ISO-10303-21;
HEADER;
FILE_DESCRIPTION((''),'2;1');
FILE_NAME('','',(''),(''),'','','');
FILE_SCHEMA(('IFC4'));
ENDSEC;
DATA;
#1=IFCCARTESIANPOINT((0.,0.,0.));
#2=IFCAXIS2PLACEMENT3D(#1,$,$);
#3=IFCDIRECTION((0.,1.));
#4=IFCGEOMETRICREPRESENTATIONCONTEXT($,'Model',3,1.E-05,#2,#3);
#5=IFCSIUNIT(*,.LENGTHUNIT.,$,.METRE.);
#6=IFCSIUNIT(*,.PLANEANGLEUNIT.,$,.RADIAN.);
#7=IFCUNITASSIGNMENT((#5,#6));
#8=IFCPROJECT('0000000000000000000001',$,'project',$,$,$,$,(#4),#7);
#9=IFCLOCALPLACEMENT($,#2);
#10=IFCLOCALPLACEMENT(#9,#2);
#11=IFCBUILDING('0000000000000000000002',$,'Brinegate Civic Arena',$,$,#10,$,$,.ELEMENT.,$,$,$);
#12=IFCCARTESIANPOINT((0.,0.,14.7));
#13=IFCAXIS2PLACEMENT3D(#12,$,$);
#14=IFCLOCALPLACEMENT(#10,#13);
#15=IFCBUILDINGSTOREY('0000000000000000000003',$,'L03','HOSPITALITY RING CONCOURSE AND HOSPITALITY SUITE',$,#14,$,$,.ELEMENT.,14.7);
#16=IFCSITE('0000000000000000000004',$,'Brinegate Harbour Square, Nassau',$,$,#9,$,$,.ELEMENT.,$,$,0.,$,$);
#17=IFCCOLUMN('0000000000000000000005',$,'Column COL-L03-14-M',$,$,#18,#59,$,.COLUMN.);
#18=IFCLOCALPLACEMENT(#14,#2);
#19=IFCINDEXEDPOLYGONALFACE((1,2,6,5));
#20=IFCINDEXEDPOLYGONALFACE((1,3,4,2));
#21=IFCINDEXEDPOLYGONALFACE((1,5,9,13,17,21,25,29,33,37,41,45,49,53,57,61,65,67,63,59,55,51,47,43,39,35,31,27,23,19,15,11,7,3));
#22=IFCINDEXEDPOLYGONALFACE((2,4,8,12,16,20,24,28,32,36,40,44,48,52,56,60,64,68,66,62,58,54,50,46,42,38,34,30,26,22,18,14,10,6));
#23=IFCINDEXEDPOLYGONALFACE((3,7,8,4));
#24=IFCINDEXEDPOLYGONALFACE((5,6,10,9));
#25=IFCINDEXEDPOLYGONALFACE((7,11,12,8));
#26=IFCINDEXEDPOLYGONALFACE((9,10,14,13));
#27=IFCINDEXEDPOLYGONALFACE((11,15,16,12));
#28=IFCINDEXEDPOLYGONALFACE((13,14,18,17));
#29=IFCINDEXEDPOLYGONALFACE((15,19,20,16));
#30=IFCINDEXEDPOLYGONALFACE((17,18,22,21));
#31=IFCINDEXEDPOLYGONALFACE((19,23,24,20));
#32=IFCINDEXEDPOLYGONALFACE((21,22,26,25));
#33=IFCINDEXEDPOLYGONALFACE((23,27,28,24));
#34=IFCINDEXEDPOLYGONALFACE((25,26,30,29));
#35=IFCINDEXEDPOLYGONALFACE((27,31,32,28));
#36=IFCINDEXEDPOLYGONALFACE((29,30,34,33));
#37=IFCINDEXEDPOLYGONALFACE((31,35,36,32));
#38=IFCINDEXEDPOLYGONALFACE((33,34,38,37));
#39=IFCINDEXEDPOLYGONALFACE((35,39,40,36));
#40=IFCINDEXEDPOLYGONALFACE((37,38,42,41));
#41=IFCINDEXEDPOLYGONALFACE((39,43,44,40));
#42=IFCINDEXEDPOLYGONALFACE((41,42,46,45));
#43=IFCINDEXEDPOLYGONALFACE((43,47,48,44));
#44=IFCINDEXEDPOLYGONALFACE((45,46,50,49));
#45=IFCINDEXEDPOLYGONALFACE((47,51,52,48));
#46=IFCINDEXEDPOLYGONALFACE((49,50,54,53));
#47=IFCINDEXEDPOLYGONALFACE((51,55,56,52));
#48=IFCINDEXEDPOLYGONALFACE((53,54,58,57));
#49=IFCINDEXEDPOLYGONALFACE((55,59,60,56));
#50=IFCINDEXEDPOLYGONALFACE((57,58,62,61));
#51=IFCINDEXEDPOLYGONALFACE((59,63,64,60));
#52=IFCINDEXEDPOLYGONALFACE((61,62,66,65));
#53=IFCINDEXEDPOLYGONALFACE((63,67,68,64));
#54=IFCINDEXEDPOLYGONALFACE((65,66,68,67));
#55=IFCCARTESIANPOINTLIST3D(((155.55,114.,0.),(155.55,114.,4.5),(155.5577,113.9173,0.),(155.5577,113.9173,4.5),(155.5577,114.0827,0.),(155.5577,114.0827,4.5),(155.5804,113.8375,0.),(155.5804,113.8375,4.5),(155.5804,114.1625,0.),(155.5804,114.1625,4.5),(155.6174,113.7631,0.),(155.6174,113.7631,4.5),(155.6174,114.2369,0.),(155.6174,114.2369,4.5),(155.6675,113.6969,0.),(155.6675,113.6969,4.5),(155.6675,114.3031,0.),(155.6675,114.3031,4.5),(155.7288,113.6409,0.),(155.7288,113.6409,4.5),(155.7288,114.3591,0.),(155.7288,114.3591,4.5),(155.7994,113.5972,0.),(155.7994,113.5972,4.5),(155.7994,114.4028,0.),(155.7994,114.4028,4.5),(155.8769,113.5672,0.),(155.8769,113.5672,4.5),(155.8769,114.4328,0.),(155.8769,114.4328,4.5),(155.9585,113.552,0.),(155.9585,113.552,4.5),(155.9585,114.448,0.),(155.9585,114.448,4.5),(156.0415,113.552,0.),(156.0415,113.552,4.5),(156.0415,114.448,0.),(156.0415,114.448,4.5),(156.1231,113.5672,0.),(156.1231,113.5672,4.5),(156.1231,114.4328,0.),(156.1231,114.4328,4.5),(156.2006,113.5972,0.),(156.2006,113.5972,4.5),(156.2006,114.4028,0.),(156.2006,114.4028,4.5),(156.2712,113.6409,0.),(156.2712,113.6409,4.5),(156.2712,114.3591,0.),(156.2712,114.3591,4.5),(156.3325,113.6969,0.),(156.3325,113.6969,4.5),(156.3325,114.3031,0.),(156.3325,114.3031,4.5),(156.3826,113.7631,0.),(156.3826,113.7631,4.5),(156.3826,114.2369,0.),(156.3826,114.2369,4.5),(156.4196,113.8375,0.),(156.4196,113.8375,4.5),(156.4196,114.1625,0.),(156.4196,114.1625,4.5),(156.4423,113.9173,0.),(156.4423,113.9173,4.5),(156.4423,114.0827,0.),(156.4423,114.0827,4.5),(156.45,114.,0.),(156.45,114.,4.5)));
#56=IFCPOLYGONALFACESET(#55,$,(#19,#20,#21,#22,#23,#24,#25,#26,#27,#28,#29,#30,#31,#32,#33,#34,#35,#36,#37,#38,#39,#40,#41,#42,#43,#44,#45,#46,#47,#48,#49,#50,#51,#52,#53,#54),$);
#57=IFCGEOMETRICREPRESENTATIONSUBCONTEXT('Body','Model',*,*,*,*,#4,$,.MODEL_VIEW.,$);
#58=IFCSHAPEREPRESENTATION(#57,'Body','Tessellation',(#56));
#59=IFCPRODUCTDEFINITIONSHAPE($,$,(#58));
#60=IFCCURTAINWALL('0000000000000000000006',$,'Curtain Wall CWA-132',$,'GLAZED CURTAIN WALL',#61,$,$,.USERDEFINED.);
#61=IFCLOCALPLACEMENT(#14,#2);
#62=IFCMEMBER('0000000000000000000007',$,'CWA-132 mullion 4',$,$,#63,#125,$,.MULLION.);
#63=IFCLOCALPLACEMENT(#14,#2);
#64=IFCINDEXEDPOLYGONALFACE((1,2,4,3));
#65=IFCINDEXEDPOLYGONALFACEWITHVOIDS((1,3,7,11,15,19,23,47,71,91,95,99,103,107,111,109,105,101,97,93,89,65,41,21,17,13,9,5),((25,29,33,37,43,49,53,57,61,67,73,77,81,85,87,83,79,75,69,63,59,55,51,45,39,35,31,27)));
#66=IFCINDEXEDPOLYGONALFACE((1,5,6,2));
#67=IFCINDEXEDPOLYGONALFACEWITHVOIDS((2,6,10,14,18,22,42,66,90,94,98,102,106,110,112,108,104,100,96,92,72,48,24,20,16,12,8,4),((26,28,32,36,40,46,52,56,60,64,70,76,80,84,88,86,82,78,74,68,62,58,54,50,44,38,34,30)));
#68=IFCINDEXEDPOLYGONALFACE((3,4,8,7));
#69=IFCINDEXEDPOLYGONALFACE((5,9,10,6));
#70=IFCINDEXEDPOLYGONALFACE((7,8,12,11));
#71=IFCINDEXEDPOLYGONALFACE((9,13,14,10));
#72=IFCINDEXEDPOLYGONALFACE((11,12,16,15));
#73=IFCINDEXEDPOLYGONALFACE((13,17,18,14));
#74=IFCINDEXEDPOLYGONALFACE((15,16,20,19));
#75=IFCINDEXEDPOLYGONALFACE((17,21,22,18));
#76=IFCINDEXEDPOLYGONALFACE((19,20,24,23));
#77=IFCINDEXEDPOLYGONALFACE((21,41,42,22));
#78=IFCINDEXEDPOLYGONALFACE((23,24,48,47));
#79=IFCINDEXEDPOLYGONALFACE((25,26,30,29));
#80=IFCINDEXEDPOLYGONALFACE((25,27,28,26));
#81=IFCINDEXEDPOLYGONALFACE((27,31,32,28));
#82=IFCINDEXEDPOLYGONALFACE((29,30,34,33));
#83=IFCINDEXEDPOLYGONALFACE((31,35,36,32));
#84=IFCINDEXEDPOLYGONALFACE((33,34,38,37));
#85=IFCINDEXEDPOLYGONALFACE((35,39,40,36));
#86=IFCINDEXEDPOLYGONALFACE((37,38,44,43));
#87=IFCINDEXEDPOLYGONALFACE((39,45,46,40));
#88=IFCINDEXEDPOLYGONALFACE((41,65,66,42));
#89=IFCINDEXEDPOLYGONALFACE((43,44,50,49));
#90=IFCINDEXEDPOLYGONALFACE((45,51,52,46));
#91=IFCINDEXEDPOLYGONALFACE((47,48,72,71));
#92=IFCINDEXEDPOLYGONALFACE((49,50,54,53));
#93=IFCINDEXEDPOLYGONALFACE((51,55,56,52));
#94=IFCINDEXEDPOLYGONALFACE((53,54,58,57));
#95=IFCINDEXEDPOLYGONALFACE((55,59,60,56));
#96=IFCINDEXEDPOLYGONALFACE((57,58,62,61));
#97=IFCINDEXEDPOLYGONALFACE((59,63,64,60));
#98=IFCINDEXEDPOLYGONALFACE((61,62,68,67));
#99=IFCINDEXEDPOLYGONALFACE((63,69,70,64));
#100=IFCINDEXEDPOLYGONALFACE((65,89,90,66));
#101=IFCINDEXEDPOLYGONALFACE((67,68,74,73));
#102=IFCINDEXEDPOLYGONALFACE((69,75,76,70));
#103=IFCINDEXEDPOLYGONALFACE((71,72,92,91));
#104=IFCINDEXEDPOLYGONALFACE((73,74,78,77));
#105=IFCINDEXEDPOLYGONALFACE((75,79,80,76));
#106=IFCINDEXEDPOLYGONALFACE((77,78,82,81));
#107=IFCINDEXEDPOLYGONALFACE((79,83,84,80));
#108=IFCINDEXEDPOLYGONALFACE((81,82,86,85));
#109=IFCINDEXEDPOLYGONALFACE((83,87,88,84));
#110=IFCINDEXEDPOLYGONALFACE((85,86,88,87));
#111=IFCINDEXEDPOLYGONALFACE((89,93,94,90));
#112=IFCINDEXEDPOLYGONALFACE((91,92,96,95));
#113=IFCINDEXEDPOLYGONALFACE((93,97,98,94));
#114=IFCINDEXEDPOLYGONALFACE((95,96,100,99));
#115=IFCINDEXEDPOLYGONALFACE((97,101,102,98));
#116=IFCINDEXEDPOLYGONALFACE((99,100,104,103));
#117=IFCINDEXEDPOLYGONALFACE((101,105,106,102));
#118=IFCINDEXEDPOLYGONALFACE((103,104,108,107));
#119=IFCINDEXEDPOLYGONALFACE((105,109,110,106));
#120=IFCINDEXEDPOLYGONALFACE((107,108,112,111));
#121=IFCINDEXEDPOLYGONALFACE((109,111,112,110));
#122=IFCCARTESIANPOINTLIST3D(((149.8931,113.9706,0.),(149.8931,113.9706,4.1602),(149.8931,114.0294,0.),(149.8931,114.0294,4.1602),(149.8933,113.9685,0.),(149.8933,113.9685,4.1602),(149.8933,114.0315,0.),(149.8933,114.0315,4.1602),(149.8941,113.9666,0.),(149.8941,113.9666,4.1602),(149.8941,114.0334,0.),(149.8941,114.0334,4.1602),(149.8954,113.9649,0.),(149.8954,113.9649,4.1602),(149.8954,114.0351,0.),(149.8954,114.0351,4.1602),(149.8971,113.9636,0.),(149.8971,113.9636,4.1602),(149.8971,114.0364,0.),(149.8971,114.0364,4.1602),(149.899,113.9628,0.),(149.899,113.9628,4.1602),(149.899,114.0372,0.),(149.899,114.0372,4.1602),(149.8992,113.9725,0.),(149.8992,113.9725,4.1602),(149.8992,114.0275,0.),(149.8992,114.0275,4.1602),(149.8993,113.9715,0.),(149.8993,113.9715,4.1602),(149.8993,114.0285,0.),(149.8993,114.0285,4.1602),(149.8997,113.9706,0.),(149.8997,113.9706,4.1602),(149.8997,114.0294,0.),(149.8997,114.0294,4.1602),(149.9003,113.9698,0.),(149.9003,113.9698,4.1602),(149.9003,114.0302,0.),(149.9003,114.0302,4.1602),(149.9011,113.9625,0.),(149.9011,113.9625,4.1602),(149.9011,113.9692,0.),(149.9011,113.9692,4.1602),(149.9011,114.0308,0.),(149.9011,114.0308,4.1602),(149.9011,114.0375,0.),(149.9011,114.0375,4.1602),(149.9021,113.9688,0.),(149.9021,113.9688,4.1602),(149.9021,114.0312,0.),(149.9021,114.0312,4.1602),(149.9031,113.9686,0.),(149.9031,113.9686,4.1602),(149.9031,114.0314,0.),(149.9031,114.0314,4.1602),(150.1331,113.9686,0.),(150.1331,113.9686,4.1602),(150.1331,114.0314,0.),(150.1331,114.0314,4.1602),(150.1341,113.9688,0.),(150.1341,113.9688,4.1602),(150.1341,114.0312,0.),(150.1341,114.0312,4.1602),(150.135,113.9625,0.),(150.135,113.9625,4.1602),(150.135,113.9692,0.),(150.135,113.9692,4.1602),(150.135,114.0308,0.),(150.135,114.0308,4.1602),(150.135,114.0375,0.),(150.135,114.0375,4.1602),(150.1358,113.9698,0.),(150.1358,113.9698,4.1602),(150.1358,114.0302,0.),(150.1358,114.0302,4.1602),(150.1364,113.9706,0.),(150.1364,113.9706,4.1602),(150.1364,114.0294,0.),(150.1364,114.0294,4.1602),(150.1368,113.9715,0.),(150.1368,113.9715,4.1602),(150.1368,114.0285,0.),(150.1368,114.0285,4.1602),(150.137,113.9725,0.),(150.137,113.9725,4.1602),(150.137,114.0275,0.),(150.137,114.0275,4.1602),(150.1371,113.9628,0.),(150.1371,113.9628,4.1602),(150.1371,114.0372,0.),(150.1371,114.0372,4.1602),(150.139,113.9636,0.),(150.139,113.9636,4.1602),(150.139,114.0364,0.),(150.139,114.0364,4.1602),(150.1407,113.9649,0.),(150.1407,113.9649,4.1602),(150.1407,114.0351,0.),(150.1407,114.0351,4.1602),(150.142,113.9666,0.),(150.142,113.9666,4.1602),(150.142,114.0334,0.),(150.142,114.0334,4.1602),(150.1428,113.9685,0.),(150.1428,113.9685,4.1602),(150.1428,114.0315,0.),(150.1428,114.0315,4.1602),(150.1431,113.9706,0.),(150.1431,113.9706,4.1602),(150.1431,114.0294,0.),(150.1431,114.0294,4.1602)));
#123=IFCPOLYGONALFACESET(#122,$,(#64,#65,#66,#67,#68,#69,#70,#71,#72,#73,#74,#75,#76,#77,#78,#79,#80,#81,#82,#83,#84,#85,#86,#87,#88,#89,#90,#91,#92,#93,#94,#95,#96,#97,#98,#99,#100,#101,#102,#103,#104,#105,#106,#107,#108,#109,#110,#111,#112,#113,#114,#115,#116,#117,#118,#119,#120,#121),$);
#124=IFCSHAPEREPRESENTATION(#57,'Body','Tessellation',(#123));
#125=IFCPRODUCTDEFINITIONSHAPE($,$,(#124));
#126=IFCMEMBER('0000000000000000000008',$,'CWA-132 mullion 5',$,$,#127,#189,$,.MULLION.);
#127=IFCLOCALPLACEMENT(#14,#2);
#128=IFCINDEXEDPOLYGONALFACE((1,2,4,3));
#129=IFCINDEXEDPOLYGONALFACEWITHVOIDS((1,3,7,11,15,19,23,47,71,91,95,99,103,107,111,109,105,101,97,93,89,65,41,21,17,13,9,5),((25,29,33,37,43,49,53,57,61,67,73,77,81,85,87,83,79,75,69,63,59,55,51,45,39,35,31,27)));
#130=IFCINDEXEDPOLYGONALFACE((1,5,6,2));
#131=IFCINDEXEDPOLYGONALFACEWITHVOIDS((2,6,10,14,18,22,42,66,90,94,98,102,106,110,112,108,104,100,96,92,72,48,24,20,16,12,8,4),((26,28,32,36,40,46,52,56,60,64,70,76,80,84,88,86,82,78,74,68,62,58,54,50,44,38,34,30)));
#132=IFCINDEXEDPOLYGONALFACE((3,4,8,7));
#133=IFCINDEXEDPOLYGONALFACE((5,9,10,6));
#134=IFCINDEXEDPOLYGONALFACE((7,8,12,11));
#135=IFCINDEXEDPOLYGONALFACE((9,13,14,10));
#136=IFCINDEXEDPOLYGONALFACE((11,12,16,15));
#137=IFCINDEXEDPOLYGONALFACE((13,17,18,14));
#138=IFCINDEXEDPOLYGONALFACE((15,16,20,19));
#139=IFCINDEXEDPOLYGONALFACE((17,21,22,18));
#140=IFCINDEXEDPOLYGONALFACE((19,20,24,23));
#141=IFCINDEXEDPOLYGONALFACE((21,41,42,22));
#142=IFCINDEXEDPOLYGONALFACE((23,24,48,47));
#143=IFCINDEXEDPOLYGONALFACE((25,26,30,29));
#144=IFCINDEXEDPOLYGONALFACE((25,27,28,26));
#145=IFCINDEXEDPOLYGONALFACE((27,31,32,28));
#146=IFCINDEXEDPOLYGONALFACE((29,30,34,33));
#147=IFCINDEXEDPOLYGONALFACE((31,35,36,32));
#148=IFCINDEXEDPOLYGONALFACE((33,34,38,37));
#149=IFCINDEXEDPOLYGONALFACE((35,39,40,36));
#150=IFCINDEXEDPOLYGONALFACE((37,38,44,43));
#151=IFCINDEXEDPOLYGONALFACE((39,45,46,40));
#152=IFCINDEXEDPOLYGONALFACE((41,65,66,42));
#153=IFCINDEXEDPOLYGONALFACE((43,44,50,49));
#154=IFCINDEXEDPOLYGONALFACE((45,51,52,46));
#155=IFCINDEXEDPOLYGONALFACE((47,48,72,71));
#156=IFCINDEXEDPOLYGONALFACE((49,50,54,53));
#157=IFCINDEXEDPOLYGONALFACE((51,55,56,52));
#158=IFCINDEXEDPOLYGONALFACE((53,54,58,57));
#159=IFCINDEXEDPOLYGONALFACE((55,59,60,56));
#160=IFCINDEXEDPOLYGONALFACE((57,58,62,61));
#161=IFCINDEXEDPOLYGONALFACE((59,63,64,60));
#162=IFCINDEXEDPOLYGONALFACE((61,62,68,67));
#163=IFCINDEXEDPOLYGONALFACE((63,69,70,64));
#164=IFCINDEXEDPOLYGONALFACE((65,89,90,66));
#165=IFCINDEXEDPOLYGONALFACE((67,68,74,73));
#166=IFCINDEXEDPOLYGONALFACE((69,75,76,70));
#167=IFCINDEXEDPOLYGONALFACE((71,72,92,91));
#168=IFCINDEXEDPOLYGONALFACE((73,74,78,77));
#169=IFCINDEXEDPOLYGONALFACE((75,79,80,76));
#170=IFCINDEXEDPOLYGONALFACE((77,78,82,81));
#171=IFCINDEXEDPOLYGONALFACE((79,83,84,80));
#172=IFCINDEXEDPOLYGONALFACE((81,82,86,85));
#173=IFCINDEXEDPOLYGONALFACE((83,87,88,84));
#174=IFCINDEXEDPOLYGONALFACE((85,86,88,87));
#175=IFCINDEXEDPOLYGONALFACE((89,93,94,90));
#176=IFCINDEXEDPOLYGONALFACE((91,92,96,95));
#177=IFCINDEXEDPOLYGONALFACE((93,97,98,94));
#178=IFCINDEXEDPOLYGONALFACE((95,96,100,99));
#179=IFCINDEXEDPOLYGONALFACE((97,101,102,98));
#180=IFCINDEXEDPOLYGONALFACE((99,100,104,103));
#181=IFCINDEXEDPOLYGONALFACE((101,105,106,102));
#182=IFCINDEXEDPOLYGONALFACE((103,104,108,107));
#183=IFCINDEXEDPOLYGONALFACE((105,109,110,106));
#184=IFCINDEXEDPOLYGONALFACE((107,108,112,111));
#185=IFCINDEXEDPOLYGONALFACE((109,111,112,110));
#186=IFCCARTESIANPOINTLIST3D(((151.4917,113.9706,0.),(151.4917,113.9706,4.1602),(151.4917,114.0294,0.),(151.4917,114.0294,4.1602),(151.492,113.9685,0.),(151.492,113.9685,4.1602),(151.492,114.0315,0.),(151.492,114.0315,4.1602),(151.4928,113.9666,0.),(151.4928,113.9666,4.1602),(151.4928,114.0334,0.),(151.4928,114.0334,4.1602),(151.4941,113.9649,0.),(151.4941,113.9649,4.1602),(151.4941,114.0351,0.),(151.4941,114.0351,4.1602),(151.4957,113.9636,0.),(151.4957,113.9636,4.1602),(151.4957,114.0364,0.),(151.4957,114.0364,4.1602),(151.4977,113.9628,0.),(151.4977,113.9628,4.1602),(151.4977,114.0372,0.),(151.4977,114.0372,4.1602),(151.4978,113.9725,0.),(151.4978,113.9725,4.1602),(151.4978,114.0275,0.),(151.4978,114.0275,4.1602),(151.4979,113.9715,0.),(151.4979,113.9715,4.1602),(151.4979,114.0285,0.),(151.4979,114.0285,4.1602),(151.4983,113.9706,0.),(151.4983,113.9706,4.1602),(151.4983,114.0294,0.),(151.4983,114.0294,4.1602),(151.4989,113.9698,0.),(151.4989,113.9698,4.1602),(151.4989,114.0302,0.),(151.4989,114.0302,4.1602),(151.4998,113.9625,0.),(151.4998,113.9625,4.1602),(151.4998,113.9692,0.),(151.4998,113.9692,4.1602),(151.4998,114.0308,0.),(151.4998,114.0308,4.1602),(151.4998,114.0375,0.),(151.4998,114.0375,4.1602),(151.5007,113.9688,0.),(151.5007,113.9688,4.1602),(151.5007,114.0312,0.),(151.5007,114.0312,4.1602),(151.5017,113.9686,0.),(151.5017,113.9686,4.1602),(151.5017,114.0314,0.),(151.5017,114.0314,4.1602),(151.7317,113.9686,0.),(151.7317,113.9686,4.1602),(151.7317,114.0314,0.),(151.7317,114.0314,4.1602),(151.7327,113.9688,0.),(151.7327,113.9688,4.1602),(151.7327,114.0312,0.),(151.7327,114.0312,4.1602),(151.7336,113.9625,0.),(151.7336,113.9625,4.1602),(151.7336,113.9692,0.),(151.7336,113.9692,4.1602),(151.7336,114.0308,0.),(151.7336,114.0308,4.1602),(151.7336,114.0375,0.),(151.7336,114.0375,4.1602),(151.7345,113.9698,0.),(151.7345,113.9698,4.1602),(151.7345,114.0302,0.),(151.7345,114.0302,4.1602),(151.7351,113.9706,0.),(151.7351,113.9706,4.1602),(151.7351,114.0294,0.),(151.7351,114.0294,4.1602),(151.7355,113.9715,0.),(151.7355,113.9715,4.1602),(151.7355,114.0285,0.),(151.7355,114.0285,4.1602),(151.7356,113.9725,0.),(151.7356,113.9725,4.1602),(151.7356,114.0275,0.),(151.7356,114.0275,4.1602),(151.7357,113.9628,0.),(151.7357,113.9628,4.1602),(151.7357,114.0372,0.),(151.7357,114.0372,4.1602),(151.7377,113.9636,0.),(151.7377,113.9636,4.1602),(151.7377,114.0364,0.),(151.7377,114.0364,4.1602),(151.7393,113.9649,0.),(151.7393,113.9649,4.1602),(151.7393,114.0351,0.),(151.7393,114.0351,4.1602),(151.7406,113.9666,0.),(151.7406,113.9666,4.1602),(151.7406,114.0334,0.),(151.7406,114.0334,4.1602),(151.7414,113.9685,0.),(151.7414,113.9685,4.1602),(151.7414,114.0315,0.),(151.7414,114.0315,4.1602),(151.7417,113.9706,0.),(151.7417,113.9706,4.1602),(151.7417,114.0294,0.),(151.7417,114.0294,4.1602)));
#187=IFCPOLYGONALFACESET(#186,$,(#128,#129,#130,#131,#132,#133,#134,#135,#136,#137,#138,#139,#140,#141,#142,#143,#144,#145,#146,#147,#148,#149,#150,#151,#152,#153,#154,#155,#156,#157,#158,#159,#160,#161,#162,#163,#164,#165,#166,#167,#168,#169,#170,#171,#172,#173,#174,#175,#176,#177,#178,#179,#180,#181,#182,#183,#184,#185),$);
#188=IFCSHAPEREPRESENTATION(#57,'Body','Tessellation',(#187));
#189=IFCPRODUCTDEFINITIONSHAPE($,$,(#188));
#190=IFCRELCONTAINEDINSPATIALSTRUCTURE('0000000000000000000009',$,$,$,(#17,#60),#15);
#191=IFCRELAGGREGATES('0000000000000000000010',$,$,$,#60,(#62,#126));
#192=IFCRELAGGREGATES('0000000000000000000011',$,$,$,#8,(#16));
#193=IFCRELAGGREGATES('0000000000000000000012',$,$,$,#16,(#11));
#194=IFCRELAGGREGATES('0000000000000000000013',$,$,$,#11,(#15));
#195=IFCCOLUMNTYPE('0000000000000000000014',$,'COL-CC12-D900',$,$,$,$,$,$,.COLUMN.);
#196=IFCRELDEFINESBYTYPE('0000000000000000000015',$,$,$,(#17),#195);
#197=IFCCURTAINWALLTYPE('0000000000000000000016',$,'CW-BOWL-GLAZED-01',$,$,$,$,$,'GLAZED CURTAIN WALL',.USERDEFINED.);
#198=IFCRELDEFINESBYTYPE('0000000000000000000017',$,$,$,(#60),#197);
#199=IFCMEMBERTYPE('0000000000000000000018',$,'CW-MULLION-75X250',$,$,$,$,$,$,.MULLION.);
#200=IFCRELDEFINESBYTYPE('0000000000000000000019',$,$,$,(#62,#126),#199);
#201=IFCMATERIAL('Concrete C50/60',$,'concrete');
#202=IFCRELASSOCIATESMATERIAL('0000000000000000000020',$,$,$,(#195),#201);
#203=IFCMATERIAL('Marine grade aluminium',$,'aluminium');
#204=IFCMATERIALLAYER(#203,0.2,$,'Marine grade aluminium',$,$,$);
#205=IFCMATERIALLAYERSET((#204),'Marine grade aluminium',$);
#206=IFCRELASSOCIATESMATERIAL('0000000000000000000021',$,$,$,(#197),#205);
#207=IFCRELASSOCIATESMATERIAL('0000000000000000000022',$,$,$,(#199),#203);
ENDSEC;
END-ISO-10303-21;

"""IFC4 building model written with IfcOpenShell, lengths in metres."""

from ifc_helpers import new_model, si_unit, direction, frame, origin, origin_2d, place, context, subcontext, project, spatial, hollow_rectangle, circle, extrude, material, layer, layer_set, material_profile, profile_set, type_object, element, aggregate, save


model = new_model("IFC4")

# Units and contexts
model_context = context("Model", 3, precision=1e-05, world=origin(), true_north=direction((0.0, 1.0)))
body_context = subcontext(model_context, "Body", "Model", "MODEL_VIEW")
ifc_project = project(units=[si_unit("LENGTHUNIT", "METRE"), si_unit("PLANEANGLEUNIT", "RADIAN")], contexts=[model_context])

# Site, building, storey
site_placement = place(None, origin())
site = spatial("IfcSite", under=ifc_project, at=site_placement, Name="Brinegate Harbour Square, Nassau", CompositionType="ELEMENT", RefElevation=0.0)
building_placement = place(site_placement, origin())
building = spatial("IfcBuilding", under=site, at=building_placement, Name="Brinegate Civic Arena", CompositionType="ELEMENT")
storey_placement = place(building_placement, frame((0.0, 0.0, 14.7)))
storey = spatial("IfcBuildingStorey", under=building, at=storey_placement, Name="L03", Description="HOSPITALITY RING CONCOURSE AND HOSPITALITY SUITE", CompositionType="ELEMENT", Elevation=14.7)

# Column
ifc_material_1 = material(Name="Concrete C50/60", Category="concrete")
ifc_material_profile_1 = material_profile(ifc_material_1, circle(Radius=0.45, at=origin_2d()), Name="RCD900")
ifc_profile_set_1 = profile_set([ifc_material_profile_1], Name="Concrete C50/60")
column_type = type_object("IfcColumnType", Name="COL-CC12-D900", PredefinedType="COLUMN", material=ifc_profile_set_1)
column_placement = place(storey_placement, frame((156.0, 114.0, 0.0), z_axis=(0.0, 0.0, 1.0), x_axis=(1.0, 0.0, 0.0)))
element("IfcColumn", 1, at=column_placement, inside=storey, type_object=column_type, Name="Column COL-L03-14-M", PredefinedType="COLUMN", context=body_context, shape_type="SweptSolid", body=[
    extrude(circle(Radius=0.45, at=origin_2d()), origin(), (0.0, 0.0, 1.0), 4.5),
])

# Curtain wall, members
ifc_material_2 = material(Name="Marine grade aluminium", Category="aluminium")
ifc_layer_1 = layer(ifc_material_2, 0.2, Name="Marine grade aluminium")
ifc_layer_set_1 = layer_set([ifc_layer_1], Name="Marine grade aluminium")
curtain_wall_type = type_object("IfcCurtainWallType", Name="CW-BOWL-GLAZED-01", ElementType="GLAZED CURTAIN WALL", PredefinedType="USERDEFINED", material=ifc_layer_set_1)
curtain_wall_placement = place(storey_placement, origin())
curtain_wall = element("IfcCurtainWall", 2, at=curtain_wall_placement, inside=storey, type_object=curtain_wall_type, Name="Curtain Wall CWA-132", ObjectType="GLAZED CURTAIN WALL", PredefinedType="USERDEFINED")
ifc_material_profile_2 = material_profile(ifc_material_2, hollow_rectangle(XDim=0.075, YDim=0.25, WallThickness=0.0061, InnerFilletRadius=0.0039, OuterFilletRadius=0.0081, at=origin_2d()), Name="MUL75X250")
ifc_profile_set_2 = profile_set([ifc_material_profile_2], Name="Marine grade aluminium")
member_type_1 = type_object("IfcMemberType", Name="CW-MULLION-75X250", PredefinedType="MULLION", material=ifc_profile_set_2)
member_1_placement = place(storey_placement, frame((150.0181, 114.0, 0.0), z_axis=(0.0, 0.0, 1.0), x_axis=(0.0, 1.0, 0.0)))
member_1 = element("IfcMember", 3, at=member_1_placement, type_object=member_type_1, Name="CWA-132 mullion 4", PredefinedType="MULLION", context=body_context, shape_type="SweptSolid", body=[
    extrude(hollow_rectangle(XDim=0.075, YDim=0.25, WallThickness=0.0061, InnerFilletRadius=0.0039, OuterFilletRadius=0.0081, at=origin_2d()), origin(), (0.0, 0.0, 1.0), 4.1602),
])
member_2_placement = place(storey_placement, frame((151.6167, 114.0, 0.0), z_axis=(0.0, 0.0, 1.0), x_axis=(0.0, 1.0, 0.0)))
member_2 = element("IfcMember", 4, at=member_2_placement, type_object=member_type_1, Name="CWA-132 mullion 5", PredefinedType="MULLION", context=body_context, shape_type="SweptSolid", body=[
    extrude(hollow_rectangle(XDim=0.075, YDim=0.25, WallThickness=0.0061, InnerFilletRadius=0.0039, OuterFilletRadius=0.0081, at=origin_2d()), origin(), (0.0, 0.0, 1.0), 4.1602),
])

aggregate(curtain_wall, [member_1, member_2])

save(model, "model.ifc")
